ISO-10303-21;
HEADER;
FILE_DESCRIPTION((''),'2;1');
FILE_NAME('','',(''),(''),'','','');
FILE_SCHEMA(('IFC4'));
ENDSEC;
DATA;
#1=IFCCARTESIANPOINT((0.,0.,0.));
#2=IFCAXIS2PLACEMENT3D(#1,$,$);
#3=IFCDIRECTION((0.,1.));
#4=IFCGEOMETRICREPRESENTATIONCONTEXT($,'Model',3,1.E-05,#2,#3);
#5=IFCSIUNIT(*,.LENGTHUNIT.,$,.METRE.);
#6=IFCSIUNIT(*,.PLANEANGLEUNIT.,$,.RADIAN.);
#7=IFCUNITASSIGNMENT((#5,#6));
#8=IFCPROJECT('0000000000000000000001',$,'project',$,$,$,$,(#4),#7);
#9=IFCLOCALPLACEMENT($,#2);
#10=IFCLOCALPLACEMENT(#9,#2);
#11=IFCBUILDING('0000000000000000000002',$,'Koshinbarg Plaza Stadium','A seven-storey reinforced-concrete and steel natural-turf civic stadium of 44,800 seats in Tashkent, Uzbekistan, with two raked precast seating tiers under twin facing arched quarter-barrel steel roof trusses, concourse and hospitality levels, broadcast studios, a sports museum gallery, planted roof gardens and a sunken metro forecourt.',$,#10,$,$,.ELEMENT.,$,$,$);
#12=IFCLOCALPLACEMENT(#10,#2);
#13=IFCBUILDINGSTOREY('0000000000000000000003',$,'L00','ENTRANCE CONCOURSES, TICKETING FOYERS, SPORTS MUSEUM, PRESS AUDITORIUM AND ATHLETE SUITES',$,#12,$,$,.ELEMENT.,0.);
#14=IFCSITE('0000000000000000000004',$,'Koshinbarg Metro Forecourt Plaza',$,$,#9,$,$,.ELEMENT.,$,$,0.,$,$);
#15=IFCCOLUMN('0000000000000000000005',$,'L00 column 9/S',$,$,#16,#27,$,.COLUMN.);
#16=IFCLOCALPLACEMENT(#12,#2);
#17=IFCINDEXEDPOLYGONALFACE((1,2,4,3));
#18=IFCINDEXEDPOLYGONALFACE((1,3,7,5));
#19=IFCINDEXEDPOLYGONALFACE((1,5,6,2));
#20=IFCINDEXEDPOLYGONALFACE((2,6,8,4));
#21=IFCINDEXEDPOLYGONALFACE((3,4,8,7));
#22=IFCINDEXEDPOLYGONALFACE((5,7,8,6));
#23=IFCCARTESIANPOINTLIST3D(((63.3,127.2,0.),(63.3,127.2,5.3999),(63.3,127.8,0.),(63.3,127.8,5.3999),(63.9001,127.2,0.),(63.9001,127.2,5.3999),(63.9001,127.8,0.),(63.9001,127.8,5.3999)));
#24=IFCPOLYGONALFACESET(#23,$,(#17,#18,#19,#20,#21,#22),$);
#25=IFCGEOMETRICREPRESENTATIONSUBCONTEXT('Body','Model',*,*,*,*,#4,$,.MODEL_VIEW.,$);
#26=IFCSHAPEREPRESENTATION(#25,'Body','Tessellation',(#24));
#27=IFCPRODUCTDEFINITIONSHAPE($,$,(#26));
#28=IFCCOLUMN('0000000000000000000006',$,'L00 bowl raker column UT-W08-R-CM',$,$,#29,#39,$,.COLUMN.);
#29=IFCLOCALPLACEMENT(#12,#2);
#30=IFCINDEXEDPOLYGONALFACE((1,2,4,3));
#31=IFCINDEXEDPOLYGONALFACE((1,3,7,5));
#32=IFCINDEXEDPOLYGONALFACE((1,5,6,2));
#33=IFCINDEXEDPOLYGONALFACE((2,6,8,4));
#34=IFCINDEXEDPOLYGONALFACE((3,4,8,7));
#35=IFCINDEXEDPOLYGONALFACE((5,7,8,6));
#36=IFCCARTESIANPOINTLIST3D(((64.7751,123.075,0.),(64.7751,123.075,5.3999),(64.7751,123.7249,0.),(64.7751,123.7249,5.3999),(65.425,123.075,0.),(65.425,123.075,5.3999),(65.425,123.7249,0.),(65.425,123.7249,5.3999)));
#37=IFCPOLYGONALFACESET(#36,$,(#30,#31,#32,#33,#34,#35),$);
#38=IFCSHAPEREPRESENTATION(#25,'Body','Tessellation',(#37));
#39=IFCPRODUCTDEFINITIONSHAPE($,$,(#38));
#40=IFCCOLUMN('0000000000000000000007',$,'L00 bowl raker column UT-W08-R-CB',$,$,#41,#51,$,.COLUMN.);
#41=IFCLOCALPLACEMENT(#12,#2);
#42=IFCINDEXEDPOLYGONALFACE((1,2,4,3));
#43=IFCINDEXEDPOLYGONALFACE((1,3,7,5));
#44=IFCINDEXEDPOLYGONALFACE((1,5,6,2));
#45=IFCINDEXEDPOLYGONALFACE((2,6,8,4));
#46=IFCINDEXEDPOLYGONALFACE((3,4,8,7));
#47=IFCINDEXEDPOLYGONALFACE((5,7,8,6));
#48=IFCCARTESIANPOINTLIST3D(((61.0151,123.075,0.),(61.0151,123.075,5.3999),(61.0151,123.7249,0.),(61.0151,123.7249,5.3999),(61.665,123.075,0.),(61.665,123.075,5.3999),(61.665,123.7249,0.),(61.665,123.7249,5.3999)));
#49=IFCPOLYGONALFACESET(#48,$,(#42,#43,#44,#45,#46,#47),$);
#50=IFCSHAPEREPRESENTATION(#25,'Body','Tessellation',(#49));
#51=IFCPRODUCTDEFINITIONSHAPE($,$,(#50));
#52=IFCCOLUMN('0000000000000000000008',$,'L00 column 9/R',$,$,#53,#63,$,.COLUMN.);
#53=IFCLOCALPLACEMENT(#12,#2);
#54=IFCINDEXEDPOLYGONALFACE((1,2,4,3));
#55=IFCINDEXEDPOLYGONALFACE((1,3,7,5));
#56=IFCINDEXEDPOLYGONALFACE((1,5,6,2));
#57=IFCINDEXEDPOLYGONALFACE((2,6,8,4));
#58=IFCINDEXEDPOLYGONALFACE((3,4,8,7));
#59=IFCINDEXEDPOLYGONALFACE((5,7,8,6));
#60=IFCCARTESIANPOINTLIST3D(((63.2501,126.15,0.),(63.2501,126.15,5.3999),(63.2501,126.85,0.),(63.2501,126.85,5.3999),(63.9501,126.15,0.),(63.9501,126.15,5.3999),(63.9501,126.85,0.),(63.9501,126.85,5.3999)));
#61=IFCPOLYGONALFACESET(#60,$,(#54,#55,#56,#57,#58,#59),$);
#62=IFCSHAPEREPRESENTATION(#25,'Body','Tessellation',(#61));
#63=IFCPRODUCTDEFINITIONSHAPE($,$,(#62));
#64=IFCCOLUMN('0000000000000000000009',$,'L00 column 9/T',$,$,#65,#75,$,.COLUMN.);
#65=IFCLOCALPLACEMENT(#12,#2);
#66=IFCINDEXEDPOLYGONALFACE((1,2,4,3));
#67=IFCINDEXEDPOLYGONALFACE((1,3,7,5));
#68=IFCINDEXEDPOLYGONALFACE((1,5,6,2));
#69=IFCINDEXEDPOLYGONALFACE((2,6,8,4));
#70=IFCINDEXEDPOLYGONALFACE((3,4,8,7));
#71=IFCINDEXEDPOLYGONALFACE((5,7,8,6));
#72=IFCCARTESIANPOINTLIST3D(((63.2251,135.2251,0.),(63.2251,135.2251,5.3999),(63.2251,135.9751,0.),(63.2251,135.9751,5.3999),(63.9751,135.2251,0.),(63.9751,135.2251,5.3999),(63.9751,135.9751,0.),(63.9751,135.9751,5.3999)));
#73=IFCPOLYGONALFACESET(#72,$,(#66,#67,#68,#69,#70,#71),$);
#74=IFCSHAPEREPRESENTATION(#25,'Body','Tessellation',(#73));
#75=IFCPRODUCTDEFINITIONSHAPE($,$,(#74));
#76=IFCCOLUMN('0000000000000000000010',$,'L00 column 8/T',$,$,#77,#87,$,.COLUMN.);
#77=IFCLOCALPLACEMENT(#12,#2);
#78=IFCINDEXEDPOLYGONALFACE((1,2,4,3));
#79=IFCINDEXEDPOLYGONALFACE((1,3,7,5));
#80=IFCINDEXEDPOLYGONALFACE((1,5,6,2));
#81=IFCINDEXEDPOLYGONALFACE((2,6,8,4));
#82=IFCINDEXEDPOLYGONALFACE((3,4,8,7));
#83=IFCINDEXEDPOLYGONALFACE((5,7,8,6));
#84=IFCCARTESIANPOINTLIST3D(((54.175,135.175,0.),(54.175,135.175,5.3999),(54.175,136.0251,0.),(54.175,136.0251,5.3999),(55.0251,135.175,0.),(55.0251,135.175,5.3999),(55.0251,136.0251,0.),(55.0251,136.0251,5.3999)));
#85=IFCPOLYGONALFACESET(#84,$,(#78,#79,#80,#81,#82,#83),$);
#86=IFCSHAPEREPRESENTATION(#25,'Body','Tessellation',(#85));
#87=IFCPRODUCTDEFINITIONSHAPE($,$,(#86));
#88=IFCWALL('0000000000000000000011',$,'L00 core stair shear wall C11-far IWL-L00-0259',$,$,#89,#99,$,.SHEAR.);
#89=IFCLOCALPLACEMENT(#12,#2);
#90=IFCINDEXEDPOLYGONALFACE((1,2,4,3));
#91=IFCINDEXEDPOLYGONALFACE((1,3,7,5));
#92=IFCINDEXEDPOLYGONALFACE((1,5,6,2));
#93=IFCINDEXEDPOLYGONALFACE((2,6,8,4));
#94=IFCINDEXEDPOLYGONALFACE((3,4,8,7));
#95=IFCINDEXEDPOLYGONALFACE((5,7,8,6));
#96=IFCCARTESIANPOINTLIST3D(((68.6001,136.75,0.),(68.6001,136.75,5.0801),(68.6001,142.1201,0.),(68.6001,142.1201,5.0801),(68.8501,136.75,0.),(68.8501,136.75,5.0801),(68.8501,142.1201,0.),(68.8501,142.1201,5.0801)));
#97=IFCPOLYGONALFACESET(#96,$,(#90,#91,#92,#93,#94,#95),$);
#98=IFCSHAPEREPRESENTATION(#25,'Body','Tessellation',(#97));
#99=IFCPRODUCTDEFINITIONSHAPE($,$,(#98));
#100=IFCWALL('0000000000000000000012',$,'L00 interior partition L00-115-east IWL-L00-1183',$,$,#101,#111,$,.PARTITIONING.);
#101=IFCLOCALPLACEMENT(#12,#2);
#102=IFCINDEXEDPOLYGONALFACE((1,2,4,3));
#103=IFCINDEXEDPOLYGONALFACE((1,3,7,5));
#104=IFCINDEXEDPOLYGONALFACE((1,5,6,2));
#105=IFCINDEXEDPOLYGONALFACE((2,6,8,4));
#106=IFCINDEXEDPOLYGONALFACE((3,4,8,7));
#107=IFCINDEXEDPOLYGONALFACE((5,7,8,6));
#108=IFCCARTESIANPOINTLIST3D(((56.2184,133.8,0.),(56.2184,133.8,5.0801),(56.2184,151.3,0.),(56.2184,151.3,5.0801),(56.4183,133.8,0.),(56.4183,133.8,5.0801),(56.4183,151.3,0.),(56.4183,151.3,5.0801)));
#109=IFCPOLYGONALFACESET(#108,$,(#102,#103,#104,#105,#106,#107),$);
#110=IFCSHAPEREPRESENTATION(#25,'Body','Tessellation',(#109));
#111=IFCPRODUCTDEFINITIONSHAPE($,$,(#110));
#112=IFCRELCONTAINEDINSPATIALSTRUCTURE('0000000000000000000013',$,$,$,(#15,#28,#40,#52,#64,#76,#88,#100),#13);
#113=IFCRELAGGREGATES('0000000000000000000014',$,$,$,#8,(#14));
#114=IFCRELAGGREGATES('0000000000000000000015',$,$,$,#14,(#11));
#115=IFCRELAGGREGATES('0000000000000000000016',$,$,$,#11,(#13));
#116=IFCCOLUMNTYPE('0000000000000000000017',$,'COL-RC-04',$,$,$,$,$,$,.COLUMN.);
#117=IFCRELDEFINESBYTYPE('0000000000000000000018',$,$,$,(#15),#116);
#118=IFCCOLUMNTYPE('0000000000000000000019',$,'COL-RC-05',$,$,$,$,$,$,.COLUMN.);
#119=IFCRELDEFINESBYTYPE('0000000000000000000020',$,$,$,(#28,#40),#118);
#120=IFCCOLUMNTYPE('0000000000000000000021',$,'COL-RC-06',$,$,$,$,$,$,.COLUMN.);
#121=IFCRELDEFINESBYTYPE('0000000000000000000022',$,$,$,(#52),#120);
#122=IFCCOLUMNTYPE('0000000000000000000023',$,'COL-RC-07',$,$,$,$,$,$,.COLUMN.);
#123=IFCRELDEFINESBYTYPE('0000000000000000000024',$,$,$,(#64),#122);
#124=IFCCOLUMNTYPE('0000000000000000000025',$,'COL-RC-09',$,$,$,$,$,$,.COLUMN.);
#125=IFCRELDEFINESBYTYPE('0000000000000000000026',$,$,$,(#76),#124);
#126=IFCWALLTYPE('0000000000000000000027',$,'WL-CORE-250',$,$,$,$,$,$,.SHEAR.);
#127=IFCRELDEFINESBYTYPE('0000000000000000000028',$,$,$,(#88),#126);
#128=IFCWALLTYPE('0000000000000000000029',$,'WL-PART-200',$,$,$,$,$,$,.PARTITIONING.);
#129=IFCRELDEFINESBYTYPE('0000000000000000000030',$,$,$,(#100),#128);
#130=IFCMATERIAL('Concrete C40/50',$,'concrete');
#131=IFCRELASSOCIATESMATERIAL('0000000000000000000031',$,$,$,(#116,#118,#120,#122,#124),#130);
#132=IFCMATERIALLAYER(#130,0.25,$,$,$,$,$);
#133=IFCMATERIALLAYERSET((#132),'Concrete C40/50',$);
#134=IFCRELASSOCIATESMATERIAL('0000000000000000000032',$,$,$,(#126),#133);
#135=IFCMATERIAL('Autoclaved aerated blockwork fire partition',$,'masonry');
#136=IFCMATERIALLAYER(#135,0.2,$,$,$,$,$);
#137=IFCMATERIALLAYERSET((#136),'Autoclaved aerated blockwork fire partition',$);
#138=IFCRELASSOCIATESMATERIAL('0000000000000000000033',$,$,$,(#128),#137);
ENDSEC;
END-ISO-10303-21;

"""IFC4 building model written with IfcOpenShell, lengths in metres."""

from ifc_helpers import new_model, si_unit, direction, frame, frame_2d, origin, origin_2d, place, context, subcontext, project, spatial, rectangle, extrude, material, layer, layer_set, material_profile, profile_set, type_object, element, save


model = new_model("IFC4")

# Units and contexts
model_context = context("Model", 3, precision=1e-05, world=origin(), true_north=direction((0.0, 1.0)))
body_context = subcontext(model_context, "Body", "Model", "MODEL_VIEW")
ifc_project = project(units=[si_unit("LENGTHUNIT", "METRE"), si_unit("PLANEANGLEUNIT", "RADIAN")], contexts=[model_context])

# Site, building, storey
site_placement = place(None, origin())
site = spatial("IfcSite", under=ifc_project, at=site_placement, Name="Koshinbarg Metro Forecourt Plaza", CompositionType="ELEMENT", RefElevation=0.0)
building_placement = place(site_placement, origin())
building = spatial("IfcBuilding", under=site, at=building_placement, Name="Koshinbarg Plaza Stadium", Description="A seven-storey reinforced-concrete and steel natural-turf civic stadium of 44,800 seats in Tashkent, Uzbekistan, with two raked precast seating tiers under twin facing arched quarter-barrel steel roof trusses, concourse and hospitality levels, broadcast studios, a sports museum gallery, planted roof gardens and a sunken metro forecourt.", CompositionType="ELEMENT")
storey_placement = place(building_placement, origin())
storey = spatial("IfcBuildingStorey", under=building, at=storey_placement, Name="L00", Description="ENTRANCE CONCOURSES, TICKETING FOYERS, SPORTS MUSEUM, PRESS AUDITORIUM AND ATHLETE SUITES", CompositionType="ELEMENT", Elevation=0.0)

# Columns
ifc_material_1 = material(Name="Concrete C40/50", Category="concrete")
ifc_material_profile_1 = material_profile(ifc_material_1, rectangle(XDim=0.6001, YDim=0.6001, at=origin_2d()), Name="RC 600x600")
ifc_profile_set_1 = profile_set([ifc_material_profile_1], Name="Concrete C40/50")
column_type_1 = type_object("IfcColumnType", Name="COL-RC-04", PredefinedType="COLUMN", material=ifc_profile_set_1)
column_1_placement = place(storey_placement, frame((63.6001, 127.5, 0.0), z_axis=(0.0, 0.0, 1.0), x_axis=(1.0, 0.0, 0.0)))
element("IfcColumn", 1, at=column_1_placement, inside=storey, type_object=column_type_1, Name="L00 column 9/S", PredefinedType="COLUMN", context=body_context, shape_type="SweptSolid", body=[
    extrude(rectangle(XDim=0.6001, YDim=0.6001, at=origin_2d()), origin(), (0.0, 0.0, 1.0), 5.3999),
])
ifc_material_profile_2 = material_profile(ifc_material_1, rectangle(XDim=0.6499, YDim=0.6499, at=origin_2d()), Name="RC 650x650")
ifc_profile_set_2 = profile_set([ifc_material_profile_2], Name="Concrete C40/50")
column_type_2 = type_object("IfcColumnType", Name="COL-RC-05", PredefinedType="COLUMN", material=ifc_profile_set_2)
for number, where, z_axis, x_axis, name in (
    (2, (65.1001, 123.3999, 0.0), (0.0, 0.0, 1.0), (1.0, 0.0, 0.0), "L00 bowl raker column UT-W08-R-CM"),
    (3, (61.3401, 123.3999, 0.0), (0.0, 0.0, 1.0), (1.0, 0.0, 0.0), "L00 bowl raker column UT-W08-R-CB"),
):
    element("IfcColumn", number, at=place(storey_placement, frame(where, z_axis=z_axis, x_axis=x_axis)), inside=storey, type_object=column_type_2, Name=name, PredefinedType="COLUMN", context=body_context, shape_type="SweptSolid", body=[
        extrude(rectangle(XDim=0.6499, YDim=0.6499, at=origin_2d()), origin(), (0.0, 0.0, 1.0), 5.3999),
    ])
ifc_material_profile_3 = material_profile(ifc_material_1, rectangle(XDim=0.7, YDim=0.7, at=origin_2d()), Name="RC 700x700")
ifc_profile_set_3 = profile_set([ifc_material_profile_3], Name="Concrete C40/50")
column_type_3 = type_object("IfcColumnType", Name="COL-RC-06", PredefinedType="COLUMN", material=ifc_profile_set_3)
column_2_placement = place(storey_placement, frame((63.6001, 126.5, 0.0), z_axis=(0.0, 0.0, 1.0), x_axis=(1.0, 0.0, 0.0)))
element("IfcColumn", 4, at=column_2_placement, inside=storey, type_object=column_type_3, Name="L00 column 9/R", PredefinedType="COLUMN", context=body_context, shape_type="SweptSolid", body=[
    extrude(rectangle(XDim=0.7, YDim=0.7, at=origin_2d()), origin(), (0.0, 0.0, 1.0), 5.3999),
])
ifc_material_profile_4 = material_profile(ifc_material_1, rectangle(XDim=0.75, YDim=0.75, at=origin_2d()), Name="RC 750x750")
ifc_profile_set_4 = profile_set([ifc_material_profile_4], Name="Concrete C40/50")
column_type_4 = type_object("IfcColumnType", Name="COL-RC-07", PredefinedType="COLUMN", material=ifc_profile_set_4)
column_3_placement = place(storey_placement, frame((63.6001, 135.6001, 0.0), z_axis=(0.0, 0.0, 1.0), x_axis=(1.0, 0.0, 0.0)))
element("IfcColumn", 5, at=column_3_placement, inside=storey, type_object=column_type_4, Name="L00 column 9/T", PredefinedType="COLUMN", context=body_context, shape_type="SweptSolid", body=[
    extrude(rectangle(XDim=0.75, YDim=0.75, at=origin_2d()), origin(), (0.0, 0.0, 1.0), 5.3999),
])
ifc_material_profile_5 = material_profile(ifc_material_1, rectangle(XDim=0.8501, YDim=0.8501, at=origin_2d()), Name="RC 850x850")
ifc_profile_set_5 = profile_set([ifc_material_profile_5], Name="Concrete C40/50")
column_type_5 = type_object("IfcColumnType", Name="COL-RC-09", PredefinedType="COLUMN", material=ifc_profile_set_5)
column_4_placement = place(storey_placement, frame((54.6001, 135.6001, 0.0), z_axis=(0.0, 0.0, 1.0), x_axis=(1.0, 0.0, 0.0)))
element("IfcColumn", 6, at=column_4_placement, inside=storey, type_object=column_type_5, Name="L00 column 8/T", PredefinedType="COLUMN", context=body_context, shape_type="SweptSolid", body=[
    extrude(rectangle(XDim=0.8501, YDim=0.8501, at=origin_2d()), origin(), (0.0, 0.0, 1.0), 5.3999),
])

# Walls
ifc_layer_1 = layer(ifc_material_1, 0.25)
ifc_layer_set_1 = layer_set([ifc_layer_1], Name="Concrete C40/50")
wall_type_1 = type_object("IfcWallType", Name="WL-CORE-250", PredefinedType="SHEAR", material=ifc_layer_set_1)
wall_1_placement = place(storey_placement, frame((68.7251, 136.75, 0.0), z_axis=(0.0, 0.0, 1.0), x_axis=(0.0, 1.0, 0.0)))
element("IfcWall", 7, at=wall_1_placement, inside=storey, type_object=wall_type_1, Name="L00 core stair shear wall C11-far IWL-L00-0259", PredefinedType="SHEAR", context=body_context, shape_type="SweptSolid", body=[
    extrude(rectangle(XDim=5.3701, YDim=0.25, at=frame_2d((2.6851, 0.0))), origin(), (0.0, 0.0, 1.0), 5.0801),
])
ifc_material_2 = material(Name="Autoclaved aerated blockwork fire partition", Category="masonry")
ifc_layer_2 = layer(ifc_material_2, 0.2)
ifc_layer_set_2 = layer_set([ifc_layer_2], Name="Autoclaved aerated blockwork fire partition")
wall_type_2 = type_object("IfcWallType", Name="WL-PART-200", PredefinedType="PARTITIONING", material=ifc_layer_set_2)
wall_2_placement = place(storey_placement, frame((56.3184, 133.8, 0.0), z_axis=(0.0, 0.0, 1.0), x_axis=(0.0, 1.0, 0.0)))
element("IfcWall", 8, at=wall_2_placement, inside=storey, type_object=wall_type_2, Name="L00 interior partition L00-115-east IWL-L00-1183", PredefinedType="PARTITIONING", context=body_context, shape_type="SweptSolid", body=[
    extrude(rectangle(XDim=17.5, YDim=0.2, at=frame_2d((8.75, 0.0))), origin(), (0.0, 0.0, 1.0), 5.0801),
])

save(model, "model.ifc")
